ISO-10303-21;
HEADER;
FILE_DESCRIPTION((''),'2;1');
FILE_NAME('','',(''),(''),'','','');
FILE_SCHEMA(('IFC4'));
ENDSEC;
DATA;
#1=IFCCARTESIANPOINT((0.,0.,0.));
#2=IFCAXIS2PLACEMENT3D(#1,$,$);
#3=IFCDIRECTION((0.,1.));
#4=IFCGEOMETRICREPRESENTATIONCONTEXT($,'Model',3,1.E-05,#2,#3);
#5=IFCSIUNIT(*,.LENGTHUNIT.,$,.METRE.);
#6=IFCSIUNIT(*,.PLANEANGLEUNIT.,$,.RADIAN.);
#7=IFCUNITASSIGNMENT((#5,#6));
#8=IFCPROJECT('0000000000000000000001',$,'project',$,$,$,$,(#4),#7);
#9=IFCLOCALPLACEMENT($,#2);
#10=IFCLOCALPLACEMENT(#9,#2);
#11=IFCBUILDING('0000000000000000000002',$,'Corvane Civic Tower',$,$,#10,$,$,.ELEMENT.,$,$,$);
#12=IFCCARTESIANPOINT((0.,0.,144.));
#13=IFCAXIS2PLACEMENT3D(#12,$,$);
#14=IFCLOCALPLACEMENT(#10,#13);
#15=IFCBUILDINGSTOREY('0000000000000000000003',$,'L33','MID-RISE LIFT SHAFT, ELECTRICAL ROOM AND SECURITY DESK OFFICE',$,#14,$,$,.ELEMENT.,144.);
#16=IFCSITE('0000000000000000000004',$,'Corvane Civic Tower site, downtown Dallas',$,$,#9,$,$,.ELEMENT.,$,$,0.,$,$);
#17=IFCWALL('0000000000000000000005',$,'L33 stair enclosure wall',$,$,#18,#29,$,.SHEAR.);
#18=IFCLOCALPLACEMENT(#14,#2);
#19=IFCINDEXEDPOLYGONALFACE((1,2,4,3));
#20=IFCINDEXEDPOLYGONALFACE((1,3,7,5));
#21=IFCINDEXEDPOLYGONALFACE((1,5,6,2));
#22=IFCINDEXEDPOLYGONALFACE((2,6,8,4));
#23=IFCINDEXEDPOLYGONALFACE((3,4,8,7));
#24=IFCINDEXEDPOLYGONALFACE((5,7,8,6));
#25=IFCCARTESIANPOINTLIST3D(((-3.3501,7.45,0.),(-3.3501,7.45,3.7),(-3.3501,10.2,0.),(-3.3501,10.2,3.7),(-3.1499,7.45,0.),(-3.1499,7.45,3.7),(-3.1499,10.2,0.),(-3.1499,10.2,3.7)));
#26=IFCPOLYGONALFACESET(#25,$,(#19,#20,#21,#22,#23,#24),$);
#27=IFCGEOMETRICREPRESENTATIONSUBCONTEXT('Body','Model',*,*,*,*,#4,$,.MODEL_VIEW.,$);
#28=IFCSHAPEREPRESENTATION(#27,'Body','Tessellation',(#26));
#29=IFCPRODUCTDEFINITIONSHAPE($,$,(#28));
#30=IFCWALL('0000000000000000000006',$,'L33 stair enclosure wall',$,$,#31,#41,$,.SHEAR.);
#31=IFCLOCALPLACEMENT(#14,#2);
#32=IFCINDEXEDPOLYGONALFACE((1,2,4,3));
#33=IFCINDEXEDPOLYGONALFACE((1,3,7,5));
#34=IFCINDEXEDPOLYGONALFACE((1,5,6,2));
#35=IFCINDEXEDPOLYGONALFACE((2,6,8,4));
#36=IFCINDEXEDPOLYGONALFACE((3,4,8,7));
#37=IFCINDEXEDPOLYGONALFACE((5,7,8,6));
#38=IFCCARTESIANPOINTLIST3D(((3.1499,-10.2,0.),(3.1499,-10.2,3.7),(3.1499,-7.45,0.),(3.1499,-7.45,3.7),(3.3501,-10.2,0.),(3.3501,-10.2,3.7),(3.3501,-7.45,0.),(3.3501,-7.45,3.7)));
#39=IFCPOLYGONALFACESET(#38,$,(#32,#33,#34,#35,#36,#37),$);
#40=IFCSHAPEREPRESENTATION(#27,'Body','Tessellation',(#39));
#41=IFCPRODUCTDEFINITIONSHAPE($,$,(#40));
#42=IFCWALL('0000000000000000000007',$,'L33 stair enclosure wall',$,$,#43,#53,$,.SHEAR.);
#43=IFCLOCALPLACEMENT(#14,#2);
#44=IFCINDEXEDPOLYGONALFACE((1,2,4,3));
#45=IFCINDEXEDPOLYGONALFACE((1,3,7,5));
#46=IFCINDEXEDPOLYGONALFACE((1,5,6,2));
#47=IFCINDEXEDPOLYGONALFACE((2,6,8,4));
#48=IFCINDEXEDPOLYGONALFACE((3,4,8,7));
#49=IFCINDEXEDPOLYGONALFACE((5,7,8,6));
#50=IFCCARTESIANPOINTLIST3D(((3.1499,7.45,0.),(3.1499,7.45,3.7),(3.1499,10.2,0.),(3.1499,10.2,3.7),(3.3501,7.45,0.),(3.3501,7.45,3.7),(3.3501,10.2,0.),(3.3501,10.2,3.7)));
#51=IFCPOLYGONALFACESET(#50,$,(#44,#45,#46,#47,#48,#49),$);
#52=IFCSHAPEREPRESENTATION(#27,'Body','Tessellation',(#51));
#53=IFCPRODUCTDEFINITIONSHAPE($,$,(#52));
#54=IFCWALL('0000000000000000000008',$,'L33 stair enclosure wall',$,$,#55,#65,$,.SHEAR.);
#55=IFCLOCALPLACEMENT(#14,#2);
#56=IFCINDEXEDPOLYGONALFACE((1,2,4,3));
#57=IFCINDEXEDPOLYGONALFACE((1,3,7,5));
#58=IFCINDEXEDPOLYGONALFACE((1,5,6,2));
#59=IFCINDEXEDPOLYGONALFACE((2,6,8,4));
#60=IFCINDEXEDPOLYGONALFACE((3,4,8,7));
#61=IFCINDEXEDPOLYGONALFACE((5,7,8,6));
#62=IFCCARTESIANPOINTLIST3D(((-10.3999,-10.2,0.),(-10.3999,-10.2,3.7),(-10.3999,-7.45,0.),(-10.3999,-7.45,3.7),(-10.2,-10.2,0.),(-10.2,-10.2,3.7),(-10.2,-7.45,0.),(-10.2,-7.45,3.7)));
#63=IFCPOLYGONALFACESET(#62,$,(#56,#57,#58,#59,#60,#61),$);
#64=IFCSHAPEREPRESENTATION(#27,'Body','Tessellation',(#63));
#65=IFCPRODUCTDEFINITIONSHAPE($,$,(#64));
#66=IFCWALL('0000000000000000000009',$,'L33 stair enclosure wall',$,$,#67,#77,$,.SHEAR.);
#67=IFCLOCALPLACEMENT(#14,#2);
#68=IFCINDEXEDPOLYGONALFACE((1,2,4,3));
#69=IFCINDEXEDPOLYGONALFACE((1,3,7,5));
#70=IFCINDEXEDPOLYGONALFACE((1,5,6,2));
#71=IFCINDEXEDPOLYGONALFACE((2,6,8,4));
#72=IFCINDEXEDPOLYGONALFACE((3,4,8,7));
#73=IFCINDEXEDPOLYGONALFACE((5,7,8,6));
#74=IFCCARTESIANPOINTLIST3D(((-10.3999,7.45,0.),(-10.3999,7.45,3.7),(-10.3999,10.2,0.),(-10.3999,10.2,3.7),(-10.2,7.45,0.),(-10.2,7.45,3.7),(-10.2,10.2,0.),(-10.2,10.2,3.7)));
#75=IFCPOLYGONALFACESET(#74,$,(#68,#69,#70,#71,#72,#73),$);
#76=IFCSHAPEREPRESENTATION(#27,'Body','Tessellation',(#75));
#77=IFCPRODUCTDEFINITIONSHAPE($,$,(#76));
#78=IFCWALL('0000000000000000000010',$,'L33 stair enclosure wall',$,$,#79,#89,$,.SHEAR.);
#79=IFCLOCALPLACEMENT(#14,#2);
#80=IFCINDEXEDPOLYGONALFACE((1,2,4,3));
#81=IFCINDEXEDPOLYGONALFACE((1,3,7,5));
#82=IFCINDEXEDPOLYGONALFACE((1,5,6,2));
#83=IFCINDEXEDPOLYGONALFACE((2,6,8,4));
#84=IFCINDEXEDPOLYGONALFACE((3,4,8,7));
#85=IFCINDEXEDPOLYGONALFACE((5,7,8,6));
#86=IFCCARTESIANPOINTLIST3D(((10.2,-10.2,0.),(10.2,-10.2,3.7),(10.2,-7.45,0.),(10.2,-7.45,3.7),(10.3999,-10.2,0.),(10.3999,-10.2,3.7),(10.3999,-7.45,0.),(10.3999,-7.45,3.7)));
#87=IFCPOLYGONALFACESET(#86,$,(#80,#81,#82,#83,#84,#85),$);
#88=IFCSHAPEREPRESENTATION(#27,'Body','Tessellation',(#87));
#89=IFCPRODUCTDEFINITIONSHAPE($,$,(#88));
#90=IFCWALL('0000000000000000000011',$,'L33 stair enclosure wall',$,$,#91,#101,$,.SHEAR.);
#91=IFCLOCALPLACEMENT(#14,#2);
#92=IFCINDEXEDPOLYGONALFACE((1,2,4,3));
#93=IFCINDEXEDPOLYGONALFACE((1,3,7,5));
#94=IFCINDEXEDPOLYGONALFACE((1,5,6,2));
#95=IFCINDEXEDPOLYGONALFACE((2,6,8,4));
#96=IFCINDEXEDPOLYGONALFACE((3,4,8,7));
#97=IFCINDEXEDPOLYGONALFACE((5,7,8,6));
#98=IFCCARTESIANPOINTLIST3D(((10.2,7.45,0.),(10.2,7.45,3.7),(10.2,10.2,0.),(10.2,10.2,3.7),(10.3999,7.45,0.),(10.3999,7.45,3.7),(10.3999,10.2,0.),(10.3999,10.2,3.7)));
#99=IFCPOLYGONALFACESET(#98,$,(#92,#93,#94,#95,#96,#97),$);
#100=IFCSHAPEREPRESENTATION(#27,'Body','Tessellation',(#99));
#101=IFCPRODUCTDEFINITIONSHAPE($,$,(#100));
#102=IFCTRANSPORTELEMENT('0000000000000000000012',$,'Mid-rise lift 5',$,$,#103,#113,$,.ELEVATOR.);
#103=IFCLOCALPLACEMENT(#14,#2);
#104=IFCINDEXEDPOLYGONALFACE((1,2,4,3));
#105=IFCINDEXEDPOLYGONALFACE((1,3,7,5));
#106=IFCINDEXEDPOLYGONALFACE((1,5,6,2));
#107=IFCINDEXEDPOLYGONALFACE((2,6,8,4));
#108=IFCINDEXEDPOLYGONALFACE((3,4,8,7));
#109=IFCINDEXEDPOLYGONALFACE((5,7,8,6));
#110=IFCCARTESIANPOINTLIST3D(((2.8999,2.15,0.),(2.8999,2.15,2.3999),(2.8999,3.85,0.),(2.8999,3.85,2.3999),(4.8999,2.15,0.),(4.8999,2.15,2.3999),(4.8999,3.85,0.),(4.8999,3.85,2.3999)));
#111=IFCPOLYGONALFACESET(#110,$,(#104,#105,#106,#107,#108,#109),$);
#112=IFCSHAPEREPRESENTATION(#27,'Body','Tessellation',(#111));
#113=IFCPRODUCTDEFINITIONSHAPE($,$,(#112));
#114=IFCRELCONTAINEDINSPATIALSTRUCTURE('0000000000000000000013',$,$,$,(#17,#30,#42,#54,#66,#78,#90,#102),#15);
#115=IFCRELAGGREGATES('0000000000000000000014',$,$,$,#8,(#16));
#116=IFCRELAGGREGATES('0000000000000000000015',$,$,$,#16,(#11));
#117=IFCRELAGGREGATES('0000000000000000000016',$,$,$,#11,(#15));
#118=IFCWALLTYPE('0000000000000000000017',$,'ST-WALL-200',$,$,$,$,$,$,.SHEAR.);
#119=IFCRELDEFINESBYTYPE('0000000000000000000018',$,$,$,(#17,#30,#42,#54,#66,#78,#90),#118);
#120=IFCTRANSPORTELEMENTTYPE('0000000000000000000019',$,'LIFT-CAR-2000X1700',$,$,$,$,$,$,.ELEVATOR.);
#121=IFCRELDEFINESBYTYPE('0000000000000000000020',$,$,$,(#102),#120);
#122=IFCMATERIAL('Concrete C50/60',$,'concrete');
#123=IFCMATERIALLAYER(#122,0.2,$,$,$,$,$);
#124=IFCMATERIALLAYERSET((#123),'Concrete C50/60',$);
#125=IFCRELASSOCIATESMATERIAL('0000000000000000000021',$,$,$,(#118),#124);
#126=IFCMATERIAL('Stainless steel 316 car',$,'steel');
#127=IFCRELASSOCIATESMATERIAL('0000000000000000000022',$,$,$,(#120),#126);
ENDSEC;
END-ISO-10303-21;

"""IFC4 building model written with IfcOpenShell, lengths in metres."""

from ifc_helpers import new_model, si_unit, direction, frame, origin, origin_2d, place, context, subcontext, project, spatial, polyline, rectangle, outline, extrude, material, layer, layer_set, type_object, element, save


model = new_model("IFC4")

# Units and contexts
model_context = context("Model", 3, precision=1e-05, world=origin(), true_north=direction((0.0, 1.0)))
body_context = subcontext(model_context, "Body", "Model", "MODEL_VIEW")
ifc_project = project(units=[si_unit("LENGTHUNIT", "METRE"), si_unit("PLANEANGLEUNIT", "RADIAN")], contexts=[model_context])

# Site, building, storey
site_placement = place(None, origin())
site = spatial("IfcSite", under=ifc_project, at=site_placement, Name="Corvane Civic Tower site, downtown Dallas", CompositionType="ELEMENT", RefElevation=0.0)
building_placement = place(site_placement, origin())
building = spatial("IfcBuilding", under=site, at=building_placement, Name="Corvane Civic Tower", CompositionType="ELEMENT")
storey_placement = place(building_placement, frame((0.0, 0.0, 144.0)))
storey = spatial("IfcBuildingStorey", under=building, at=storey_placement, Name="L33", Description="MID-RISE LIFT SHAFT, ELECTRICAL ROOM AND SECURITY DESK OFFICE", CompositionType="ELEMENT", Elevation=144.0)

# Shared definitions
ifc_material_1 = material(Name="Concrete C50/60", Category="concrete")
ifc_layer_1 = layer(ifc_material_1, 0.2)
ifc_layer_set_1 = layer_set([ifc_layer_1], Name="Concrete C50/60")
wall_type_1 = type_object("IfcWallType", Name="ST-WALL-200", PredefinedType="SHEAR", material=ifc_layer_set_1)

# Walls
wall_1_placement = place(storey_placement, origin())
element("IfcWall", 1, at=wall_1_placement, inside=storey, type_object=wall_type_1, Name="L33 stair enclosure wall", PredefinedType="SHEAR", context=body_context, shape_type="SweptSolid", body=[
    extrude(outline(polyline([(-3.1499, 7.45), (-3.3501, 7.45), (-3.3501, 10.2), (-3.1499, 10.2), (-3.1499, 7.45)])), origin(), (0.0, 0.0, 1.0), 3.7),
])
wall_2_placement = place(storey_placement, origin())
element("IfcWall", 2, at=wall_2_placement, inside=storey, type_object=wall_type_1, Name="L33 stair enclosure wall", PredefinedType="SHEAR", context=body_context, shape_type="SweptSolid", body=[
    extrude(outline(polyline([(3.3501, -7.45), (3.3501, -10.2), (3.1499, -10.2), (3.1499, -7.45), (3.3501, -7.45)])), origin(), (0.0, 0.0, 1.0), 3.7),
])
wall_3_placement = place(storey_placement, origin())
element("IfcWall", 3, at=wall_3_placement, inside=storey, type_object=wall_type_1, Name="L33 stair enclosure wall", PredefinedType="SHEAR", context=body_context, shape_type="SweptSolid", body=[
    extrude(outline(polyline([(3.3501, 7.45), (3.1499, 7.45), (3.1499, 10.2), (3.3501, 10.2), (3.3501, 7.45)])), origin(), (0.0, 0.0, 1.0), 3.7),
])
wall_4_placement = place(storey_placement, origin())
element("IfcWall", 4, at=wall_4_placement, inside=storey, type_object=wall_type_1, Name="L33 stair enclosure wall", PredefinedType="SHEAR", context=body_context, shape_type="SweptSolid", body=[
    extrude(outline(polyline([(-10.2, -7.45), (-10.2, -10.2), (-10.3999, -10.2), (-10.3999, -7.45), (-10.2, -7.45)])), origin(), (0.0, 0.0, 1.0), 3.7),
])
wall_5_placement = place(storey_placement, origin())
element("IfcWall", 5, at=wall_5_placement, inside=storey, type_object=wall_type_1, Name="L33 stair enclosure wall", PredefinedType="SHEAR", context=body_context, shape_type="SweptSolid", body=[
    extrude(outline(polyline([(-10.2, 7.45), (-10.3999, 7.45), (-10.3999, 10.2), (-10.2, 10.2), (-10.2, 7.45)])), origin(), (0.0, 0.0, 1.0), 3.7),
])
wall_6_placement = place(storey_placement, origin())
element("IfcWall", 6, at=wall_6_placement, inside=storey, type_object=wall_type_1, Name="L33 stair enclosure wall", PredefinedType="SHEAR", context=body_context, shape_type="SweptSolid", body=[
    extrude(outline(polyline([(10.3999, -7.45), (10.3999, -10.2), (10.2, -10.2), (10.2, -7.45), (10.3999, -7.45)])), origin(), (0.0, 0.0, 1.0), 3.7),
])
wall_7_placement = place(storey_placement, origin())
element("IfcWall", 7, at=wall_7_placement, inside=storey, type_object=wall_type_1, Name="L33 stair enclosure wall", PredefinedType="SHEAR", context=body_context, shape_type="SweptSolid", body=[
    extrude(outline(polyline([(10.3999, 7.45), (10.2, 7.45), (10.2, 10.2), (10.3999, 10.2), (10.3999, 7.45)])), origin(), (0.0, 0.0, 1.0), 3.7),
])

# Transport element
ifc_material_2 = material(Name="Stainless steel 316 car", Category="steel")
transport_element_type = type_object("IfcTransportElementType", Name="LIFT-CAR-2000X1700", PredefinedType="ELEVATOR", material=ifc_material_2)
transport_element_placement = place(storey_placement, frame((3.8999, 3.0, 0.0), z_axis=(0.0, 0.0, 1.0), x_axis=(1.0, 0.0, 0.0)))
element("IfcTransportElement", 8, at=transport_element_placement, inside=storey, type_object=transport_element_type, Name="Mid-rise lift 5", PredefinedType="ELEVATOR", context=body_context, shape_type="SweptSolid", body=[
    extrude(rectangle(XDim=2.0, YDim=1.7, at=origin_2d()), origin(), (0.0, 0.0, 1.0), 2.3999),
])

save(model, "model.ifc")
